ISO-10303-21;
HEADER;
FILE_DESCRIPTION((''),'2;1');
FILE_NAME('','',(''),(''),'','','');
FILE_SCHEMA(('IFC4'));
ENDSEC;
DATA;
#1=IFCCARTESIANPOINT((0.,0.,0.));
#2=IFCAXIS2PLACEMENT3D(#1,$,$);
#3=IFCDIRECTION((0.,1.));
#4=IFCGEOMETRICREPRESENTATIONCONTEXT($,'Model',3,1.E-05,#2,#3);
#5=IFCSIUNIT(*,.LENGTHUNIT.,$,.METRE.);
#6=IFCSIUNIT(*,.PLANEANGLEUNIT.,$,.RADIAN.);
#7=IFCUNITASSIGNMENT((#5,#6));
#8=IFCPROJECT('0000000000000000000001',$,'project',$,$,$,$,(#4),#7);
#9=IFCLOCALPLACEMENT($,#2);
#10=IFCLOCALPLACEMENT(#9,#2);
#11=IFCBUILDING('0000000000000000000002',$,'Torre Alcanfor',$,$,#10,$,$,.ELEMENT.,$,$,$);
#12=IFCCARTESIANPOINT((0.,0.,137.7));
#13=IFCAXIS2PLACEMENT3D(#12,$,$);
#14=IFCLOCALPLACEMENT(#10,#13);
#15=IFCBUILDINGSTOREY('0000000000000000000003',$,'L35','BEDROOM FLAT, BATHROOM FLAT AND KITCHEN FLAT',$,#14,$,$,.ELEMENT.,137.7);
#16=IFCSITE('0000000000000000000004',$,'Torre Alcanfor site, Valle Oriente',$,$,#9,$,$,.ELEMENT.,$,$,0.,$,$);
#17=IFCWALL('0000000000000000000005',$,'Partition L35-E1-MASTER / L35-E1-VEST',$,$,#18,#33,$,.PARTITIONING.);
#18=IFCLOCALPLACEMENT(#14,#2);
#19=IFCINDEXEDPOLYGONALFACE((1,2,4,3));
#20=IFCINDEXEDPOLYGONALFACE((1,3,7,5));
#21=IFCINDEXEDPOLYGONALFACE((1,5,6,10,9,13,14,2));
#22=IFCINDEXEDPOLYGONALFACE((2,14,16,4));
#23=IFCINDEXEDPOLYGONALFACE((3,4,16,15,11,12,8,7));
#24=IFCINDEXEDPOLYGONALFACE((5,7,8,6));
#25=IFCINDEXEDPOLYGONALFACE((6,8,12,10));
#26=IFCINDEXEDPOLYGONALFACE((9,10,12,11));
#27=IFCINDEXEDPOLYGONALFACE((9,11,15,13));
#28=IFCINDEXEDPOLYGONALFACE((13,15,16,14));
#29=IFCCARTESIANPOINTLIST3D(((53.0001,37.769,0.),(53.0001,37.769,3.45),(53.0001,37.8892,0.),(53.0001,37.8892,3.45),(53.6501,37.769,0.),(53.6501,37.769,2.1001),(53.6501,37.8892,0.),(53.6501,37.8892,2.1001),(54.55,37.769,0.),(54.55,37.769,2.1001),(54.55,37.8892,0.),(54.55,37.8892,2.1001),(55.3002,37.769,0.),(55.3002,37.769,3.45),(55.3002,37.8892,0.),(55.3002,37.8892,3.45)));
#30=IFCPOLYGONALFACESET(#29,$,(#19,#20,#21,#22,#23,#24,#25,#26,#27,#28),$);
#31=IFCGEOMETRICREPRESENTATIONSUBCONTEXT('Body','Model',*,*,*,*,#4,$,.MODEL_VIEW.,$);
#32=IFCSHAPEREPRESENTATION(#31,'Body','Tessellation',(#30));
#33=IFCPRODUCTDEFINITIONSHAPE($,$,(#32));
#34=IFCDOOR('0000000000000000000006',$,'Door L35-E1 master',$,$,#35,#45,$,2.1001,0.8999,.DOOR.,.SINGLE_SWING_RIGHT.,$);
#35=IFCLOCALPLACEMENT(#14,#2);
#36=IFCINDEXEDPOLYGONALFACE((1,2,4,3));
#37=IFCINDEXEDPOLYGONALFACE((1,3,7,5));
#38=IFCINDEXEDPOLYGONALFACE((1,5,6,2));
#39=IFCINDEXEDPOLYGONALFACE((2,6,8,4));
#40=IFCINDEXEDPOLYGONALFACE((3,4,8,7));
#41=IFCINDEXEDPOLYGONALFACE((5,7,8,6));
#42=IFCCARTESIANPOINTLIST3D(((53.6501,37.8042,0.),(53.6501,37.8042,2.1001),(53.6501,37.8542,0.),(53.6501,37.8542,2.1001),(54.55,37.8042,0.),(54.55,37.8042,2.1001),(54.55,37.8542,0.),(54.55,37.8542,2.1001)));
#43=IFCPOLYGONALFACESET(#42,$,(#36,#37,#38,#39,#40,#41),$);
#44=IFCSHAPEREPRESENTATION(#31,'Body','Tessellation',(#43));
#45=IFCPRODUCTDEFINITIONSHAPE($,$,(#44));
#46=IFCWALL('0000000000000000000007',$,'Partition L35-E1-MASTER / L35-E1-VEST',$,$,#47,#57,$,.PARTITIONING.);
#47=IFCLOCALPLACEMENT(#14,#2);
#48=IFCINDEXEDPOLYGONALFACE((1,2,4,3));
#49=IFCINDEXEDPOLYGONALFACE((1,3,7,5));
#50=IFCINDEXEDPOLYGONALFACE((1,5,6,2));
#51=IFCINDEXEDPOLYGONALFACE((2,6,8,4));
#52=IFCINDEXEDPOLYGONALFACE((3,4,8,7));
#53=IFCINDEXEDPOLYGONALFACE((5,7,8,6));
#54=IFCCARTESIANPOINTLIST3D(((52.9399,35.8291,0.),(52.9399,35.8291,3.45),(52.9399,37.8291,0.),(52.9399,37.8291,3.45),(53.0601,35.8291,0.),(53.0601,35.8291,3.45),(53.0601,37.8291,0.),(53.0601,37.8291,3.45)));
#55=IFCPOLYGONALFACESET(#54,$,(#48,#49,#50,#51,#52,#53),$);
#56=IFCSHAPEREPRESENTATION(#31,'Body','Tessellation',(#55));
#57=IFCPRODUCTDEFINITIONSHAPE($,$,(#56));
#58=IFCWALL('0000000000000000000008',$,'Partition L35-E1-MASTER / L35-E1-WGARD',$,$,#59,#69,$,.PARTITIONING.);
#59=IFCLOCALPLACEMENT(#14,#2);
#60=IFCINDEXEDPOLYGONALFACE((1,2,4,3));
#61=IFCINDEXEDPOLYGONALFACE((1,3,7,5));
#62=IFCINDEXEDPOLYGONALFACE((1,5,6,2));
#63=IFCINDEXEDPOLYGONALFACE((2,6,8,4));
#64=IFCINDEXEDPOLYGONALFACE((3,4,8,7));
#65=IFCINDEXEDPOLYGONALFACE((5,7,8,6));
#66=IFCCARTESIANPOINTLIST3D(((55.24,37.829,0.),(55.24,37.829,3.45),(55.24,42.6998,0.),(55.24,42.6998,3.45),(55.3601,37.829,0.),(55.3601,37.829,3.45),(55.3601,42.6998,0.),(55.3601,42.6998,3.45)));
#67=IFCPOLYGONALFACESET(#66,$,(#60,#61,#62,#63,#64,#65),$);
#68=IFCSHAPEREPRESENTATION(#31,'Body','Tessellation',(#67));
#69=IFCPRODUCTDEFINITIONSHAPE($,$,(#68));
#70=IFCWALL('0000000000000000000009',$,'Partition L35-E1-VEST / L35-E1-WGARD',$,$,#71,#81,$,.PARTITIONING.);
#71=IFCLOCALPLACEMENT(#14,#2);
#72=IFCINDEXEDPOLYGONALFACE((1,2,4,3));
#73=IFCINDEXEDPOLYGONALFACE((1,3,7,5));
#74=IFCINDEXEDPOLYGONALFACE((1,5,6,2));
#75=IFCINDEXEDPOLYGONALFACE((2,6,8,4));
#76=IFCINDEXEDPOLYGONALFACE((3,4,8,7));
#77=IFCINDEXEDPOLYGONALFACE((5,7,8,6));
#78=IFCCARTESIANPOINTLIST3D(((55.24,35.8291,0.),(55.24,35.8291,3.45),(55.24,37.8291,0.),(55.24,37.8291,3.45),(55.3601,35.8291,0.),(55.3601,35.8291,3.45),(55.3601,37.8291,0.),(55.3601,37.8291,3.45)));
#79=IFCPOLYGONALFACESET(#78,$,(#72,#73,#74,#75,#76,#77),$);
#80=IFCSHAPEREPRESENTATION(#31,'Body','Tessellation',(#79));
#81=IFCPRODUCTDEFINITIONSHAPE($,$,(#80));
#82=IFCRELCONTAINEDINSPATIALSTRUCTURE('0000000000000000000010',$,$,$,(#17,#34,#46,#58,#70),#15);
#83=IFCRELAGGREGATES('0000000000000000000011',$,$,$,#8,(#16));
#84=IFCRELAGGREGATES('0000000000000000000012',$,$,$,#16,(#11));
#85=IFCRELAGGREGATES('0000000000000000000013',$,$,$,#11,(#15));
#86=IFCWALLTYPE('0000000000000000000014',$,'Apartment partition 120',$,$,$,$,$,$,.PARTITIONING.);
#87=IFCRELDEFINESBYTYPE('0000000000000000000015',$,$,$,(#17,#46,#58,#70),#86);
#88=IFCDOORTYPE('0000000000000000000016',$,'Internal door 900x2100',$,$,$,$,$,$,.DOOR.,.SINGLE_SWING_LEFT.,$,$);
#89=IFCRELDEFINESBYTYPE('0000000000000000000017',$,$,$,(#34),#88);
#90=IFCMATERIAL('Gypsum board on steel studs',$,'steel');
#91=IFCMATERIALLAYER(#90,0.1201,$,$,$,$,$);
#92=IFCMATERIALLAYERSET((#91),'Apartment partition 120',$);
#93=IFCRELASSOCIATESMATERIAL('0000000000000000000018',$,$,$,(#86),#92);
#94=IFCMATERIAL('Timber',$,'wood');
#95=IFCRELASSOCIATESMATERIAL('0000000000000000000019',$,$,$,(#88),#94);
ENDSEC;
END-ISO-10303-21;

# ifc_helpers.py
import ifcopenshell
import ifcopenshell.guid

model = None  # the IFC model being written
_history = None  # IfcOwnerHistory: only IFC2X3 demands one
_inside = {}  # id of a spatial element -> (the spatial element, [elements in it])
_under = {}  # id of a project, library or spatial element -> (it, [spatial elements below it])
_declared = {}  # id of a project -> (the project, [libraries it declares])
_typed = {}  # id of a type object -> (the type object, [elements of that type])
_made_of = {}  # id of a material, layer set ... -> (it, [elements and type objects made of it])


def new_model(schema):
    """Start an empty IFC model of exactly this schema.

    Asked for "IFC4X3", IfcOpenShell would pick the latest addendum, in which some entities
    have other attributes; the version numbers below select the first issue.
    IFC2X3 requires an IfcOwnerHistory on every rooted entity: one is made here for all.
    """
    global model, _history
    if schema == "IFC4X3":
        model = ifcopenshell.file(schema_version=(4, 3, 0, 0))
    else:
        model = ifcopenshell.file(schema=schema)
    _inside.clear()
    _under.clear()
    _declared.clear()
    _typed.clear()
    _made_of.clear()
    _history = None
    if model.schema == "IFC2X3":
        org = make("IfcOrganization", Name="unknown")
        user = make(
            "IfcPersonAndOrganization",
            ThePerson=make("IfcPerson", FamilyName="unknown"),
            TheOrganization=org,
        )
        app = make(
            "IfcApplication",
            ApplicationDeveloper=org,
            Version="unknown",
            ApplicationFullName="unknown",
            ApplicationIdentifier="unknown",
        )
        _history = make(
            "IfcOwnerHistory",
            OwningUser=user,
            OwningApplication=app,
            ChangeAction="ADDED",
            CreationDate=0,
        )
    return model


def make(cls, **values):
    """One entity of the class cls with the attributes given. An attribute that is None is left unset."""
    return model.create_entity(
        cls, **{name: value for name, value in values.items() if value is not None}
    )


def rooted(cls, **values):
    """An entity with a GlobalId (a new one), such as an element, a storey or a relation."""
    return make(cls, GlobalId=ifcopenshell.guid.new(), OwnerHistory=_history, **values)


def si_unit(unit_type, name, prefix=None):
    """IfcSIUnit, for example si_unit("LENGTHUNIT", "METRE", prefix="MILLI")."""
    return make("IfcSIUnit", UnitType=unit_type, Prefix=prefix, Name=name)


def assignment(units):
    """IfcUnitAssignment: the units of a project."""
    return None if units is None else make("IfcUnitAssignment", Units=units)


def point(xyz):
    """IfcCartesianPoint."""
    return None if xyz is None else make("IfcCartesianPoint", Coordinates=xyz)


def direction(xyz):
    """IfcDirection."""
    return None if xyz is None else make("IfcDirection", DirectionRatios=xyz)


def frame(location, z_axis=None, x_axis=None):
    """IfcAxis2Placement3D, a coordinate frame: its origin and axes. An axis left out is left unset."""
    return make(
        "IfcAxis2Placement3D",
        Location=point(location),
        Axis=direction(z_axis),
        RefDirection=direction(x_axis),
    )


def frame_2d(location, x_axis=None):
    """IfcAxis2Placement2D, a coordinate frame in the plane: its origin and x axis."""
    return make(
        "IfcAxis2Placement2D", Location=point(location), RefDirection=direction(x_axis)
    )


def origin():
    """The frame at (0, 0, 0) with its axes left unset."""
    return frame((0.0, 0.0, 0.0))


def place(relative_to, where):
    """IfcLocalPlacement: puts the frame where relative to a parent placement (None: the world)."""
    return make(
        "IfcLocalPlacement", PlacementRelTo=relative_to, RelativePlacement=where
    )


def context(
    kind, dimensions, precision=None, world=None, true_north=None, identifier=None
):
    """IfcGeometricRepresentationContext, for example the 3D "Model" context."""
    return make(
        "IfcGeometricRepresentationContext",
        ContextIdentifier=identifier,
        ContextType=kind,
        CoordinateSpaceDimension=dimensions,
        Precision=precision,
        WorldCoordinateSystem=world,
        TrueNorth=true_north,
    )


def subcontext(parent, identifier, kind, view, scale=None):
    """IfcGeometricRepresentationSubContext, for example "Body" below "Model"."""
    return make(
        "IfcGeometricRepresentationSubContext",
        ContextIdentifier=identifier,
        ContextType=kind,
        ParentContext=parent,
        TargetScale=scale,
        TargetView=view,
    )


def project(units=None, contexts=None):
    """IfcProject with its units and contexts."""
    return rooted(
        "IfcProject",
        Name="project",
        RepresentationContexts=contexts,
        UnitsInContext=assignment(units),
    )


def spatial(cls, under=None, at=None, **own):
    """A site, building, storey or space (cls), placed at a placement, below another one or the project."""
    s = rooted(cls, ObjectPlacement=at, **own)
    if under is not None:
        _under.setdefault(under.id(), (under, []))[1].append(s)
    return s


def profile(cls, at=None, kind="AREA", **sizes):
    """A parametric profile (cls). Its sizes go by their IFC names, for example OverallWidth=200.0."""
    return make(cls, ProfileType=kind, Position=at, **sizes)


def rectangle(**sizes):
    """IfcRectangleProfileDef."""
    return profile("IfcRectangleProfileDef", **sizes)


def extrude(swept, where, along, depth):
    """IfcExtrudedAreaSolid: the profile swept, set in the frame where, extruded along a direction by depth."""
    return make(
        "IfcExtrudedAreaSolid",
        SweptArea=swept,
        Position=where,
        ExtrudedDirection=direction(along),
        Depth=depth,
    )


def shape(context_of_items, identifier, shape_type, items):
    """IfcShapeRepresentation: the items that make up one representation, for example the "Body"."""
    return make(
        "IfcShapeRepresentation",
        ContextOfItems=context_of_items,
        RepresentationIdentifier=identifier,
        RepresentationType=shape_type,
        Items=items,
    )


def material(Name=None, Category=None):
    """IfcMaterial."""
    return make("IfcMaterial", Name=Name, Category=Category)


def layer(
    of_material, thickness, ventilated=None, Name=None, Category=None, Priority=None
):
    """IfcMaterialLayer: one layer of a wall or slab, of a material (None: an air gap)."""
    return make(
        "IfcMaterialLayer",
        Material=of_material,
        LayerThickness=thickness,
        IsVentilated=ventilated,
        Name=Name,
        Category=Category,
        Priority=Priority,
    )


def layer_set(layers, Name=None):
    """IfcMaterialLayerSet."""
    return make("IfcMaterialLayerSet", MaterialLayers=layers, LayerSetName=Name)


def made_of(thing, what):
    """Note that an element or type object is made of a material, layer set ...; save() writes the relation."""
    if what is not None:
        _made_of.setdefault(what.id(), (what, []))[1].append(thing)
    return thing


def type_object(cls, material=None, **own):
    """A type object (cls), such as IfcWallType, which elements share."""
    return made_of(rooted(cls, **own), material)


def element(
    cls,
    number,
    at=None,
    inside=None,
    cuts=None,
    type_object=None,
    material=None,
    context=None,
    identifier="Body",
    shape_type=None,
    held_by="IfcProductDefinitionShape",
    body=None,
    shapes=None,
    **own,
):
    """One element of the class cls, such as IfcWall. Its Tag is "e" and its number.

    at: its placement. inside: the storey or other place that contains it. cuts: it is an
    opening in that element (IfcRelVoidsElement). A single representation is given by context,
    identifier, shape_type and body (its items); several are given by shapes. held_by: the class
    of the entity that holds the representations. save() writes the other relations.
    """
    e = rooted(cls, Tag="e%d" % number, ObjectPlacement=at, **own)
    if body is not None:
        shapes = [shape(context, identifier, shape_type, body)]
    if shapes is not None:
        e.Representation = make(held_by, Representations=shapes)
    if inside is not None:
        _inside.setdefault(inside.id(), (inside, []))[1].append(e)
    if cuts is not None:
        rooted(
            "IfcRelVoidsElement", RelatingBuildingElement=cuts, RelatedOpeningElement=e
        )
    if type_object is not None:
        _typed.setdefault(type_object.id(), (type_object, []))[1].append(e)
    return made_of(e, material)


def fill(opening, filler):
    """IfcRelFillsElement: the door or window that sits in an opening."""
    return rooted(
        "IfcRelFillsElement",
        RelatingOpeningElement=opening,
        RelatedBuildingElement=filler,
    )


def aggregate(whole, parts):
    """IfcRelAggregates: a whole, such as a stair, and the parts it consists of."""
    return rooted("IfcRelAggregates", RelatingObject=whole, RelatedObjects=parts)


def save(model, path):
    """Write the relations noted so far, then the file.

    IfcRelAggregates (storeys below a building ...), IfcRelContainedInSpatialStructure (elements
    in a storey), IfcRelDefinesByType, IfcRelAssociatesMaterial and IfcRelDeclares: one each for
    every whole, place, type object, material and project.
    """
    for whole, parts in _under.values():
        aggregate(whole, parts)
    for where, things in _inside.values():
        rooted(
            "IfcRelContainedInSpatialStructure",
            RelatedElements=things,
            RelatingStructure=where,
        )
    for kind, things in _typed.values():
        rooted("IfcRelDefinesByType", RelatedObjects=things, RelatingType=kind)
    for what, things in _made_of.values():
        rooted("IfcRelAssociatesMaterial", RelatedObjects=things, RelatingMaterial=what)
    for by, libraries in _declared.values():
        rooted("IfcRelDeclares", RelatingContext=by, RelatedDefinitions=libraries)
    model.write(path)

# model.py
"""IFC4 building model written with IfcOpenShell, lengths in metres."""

from ifc_helpers import new_model, si_unit, direction, frame, frame_2d, origin, place, context, subcontext, project, spatial, rectangle, extrude, material, layer, layer_set, type_object, element, fill, save


model = new_model("IFC4")

# Units and contexts
model_context = context("Model", 3, precision=1e-05, world=origin(), true_north=direction((0.0, 1.0)))
body_context = subcontext(model_context, "Body", "Model", "MODEL_VIEW")
ifc_project = project(units=[si_unit("LENGTHUNIT", "METRE"), si_unit("PLANEANGLEUNIT", "RADIAN")], contexts=[model_context])

# Site, building, storey
site_placement = place(None, origin())
site = spatial("IfcSite", under=ifc_project, at=site_placement, Name="Torre Alcanfor site, Valle Oriente", CompositionType="ELEMENT", RefElevation=0.0)
building_placement = place(site_placement, origin())
building = spatial("IfcBuilding", under=site, at=building_placement, Name="Torre Alcanfor", CompositionType="ELEMENT")
storey_placement = place(building_placement, frame((0.0, 0.0, 137.7)))
storey = spatial("IfcBuildingStorey", under=building, at=storey_placement, Name="L35", Description="BEDROOM FLAT, BATHROOM FLAT AND KITCHEN FLAT", CompositionType="ELEMENT", Elevation=137.7)

# Wall, opening, door
ifc_material_1 = material(Name="Gypsum board on steel studs", Category="steel")
ifc_layer_1 = layer(ifc_material_1, 0.1201)
ifc_layer_set_1 = layer_set([ifc_layer_1], Name="Apartment partition 120")
wall_type_1 = type_object("IfcWallType", Name="Apartment partition 120", PredefinedType="PARTITIONING", material=ifc_layer_set_1)
ifc_material_2 = material(Name="Timber", Category="wood")
door_type_1 = type_object("IfcDoorType", Name="Internal door 900x2100", OperationType="SINGLE_SWING_LEFT", PredefinedType="DOOR", material=ifc_material_2)
wall_1_placement = place(storey_placement, frame((55.3, 37.8291, 0.0), z_axis=(0.0, 0.0, 1.0), x_axis=(-1.0, 0.0, 0.0)))
wall_1 = element("IfcWall", 1, at=wall_1_placement, inside=storey, type_object=wall_type_1, Name="Partition L35-E1-MASTER / L35-E1-VEST", PredefinedType="PARTITIONING", context=body_context, shape_type="SweptSolid", body=[
    extrude(rectangle(XDim=2.3, YDim=0.1201, at=frame_2d((1.1499, 0.0))), origin(), (0.0, 0.0, 1.0), 3.45),
])
opening_1_placement = place(wall_1_placement, frame((0.75, 0.0, 0.0)))
opening_1 = element("IfcOpeningElement", 2, at=opening_1_placement, cuts=wall_1, PredefinedType="OPENING", context=body_context, shape_type="SweptSolid", body=[
    extrude(rectangle(XDim=0.8999, YDim=2.1001, at=frame_2d((0.45, 1.05))), frame((0.0, 0.0701, 0.0), z_axis=(0.0, -1.0, 0.0), x_axis=(1.0, 0.0, 0.0)), (0.0, 0.0, 1.0), 0.1401),
])
door_1_placement = place(opening_1_placement, origin())
door_1 = element("IfcDoor", 3, at=door_1_placement, inside=storey, type_object=door_type_1, Name="Door L35-E1 master", OperationType="SINGLE_SWING_RIGHT", OverallHeight=2.1001, OverallWidth=0.8999, PredefinedType="DOOR", context=body_context, shape_type="SweptSolid", body=[
    extrude(rectangle(XDim=0.8999, YDim=2.1001, at=frame_2d((0.45, 1.05))), frame((0.0, 0.0249, 0.0), z_axis=(0.0, -1.0, 0.0), x_axis=(1.0, 0.0, 0.0)), (0.0, 0.0, 1.0), 0.05),
])
fill(opening_1, door_1)

# Walls
wall_2_placement = place(storey_placement, frame((53.0, 37.8291, 0.0), z_axis=(0.0, 0.0, 1.0), x_axis=(0.0, -1.0, 0.0)))
element("IfcWall", 4, at=wall_2_placement, inside=storey, type_object=wall_type_1, Name="Partition L35-E1-MASTER / L35-E1-VEST", PredefinedType="PARTITIONING", context=body_context, shape_type="SweptSolid", body=[
    extrude(rectangle(XDim=2.0, YDim=0.1201, at=frame_2d((1.0, 0.0))), origin(), (0.0, 0.0, 1.0), 3.45),
])
wall_3_placement = place(storey_placement, frame((55.3, 42.7, 0.0), z_axis=(0.0, 0.0, 1.0), x_axis=(0.0, -1.0, 0.0)))
element("IfcWall", 5, at=wall_3_placement, inside=storey, type_object=wall_type_1, Name="Partition L35-E1-MASTER / L35-E1-WGARD", PredefinedType="PARTITIONING", context=body_context, shape_type="SweptSolid", body=[
    extrude(rectangle(XDim=4.8708, YDim=0.1201, at=frame_2d((2.4355, 0.0))), origin(), (0.0, 0.0, 1.0), 3.45),
])
wall_4_placement = place(storey_placement, frame((55.3, 35.8291, 0.0), z_axis=(0.0, 0.0, 1.0), x_axis=(0.0, 1.0, 0.0)))
element("IfcWall", 6, at=wall_4_placement, inside=storey, type_object=wall_type_1, Name="Partition L35-E1-VEST / L35-E1-WGARD", PredefinedType="PARTITIONING", context=body_context, shape_type="SweptSolid", body=[
    extrude(rectangle(XDim=2.0, YDim=0.1201, at=frame_2d((1.0, 0.0))), origin(), (0.0, 0.0, 1.0), 3.45),
])

save(model, "model.ifc")
